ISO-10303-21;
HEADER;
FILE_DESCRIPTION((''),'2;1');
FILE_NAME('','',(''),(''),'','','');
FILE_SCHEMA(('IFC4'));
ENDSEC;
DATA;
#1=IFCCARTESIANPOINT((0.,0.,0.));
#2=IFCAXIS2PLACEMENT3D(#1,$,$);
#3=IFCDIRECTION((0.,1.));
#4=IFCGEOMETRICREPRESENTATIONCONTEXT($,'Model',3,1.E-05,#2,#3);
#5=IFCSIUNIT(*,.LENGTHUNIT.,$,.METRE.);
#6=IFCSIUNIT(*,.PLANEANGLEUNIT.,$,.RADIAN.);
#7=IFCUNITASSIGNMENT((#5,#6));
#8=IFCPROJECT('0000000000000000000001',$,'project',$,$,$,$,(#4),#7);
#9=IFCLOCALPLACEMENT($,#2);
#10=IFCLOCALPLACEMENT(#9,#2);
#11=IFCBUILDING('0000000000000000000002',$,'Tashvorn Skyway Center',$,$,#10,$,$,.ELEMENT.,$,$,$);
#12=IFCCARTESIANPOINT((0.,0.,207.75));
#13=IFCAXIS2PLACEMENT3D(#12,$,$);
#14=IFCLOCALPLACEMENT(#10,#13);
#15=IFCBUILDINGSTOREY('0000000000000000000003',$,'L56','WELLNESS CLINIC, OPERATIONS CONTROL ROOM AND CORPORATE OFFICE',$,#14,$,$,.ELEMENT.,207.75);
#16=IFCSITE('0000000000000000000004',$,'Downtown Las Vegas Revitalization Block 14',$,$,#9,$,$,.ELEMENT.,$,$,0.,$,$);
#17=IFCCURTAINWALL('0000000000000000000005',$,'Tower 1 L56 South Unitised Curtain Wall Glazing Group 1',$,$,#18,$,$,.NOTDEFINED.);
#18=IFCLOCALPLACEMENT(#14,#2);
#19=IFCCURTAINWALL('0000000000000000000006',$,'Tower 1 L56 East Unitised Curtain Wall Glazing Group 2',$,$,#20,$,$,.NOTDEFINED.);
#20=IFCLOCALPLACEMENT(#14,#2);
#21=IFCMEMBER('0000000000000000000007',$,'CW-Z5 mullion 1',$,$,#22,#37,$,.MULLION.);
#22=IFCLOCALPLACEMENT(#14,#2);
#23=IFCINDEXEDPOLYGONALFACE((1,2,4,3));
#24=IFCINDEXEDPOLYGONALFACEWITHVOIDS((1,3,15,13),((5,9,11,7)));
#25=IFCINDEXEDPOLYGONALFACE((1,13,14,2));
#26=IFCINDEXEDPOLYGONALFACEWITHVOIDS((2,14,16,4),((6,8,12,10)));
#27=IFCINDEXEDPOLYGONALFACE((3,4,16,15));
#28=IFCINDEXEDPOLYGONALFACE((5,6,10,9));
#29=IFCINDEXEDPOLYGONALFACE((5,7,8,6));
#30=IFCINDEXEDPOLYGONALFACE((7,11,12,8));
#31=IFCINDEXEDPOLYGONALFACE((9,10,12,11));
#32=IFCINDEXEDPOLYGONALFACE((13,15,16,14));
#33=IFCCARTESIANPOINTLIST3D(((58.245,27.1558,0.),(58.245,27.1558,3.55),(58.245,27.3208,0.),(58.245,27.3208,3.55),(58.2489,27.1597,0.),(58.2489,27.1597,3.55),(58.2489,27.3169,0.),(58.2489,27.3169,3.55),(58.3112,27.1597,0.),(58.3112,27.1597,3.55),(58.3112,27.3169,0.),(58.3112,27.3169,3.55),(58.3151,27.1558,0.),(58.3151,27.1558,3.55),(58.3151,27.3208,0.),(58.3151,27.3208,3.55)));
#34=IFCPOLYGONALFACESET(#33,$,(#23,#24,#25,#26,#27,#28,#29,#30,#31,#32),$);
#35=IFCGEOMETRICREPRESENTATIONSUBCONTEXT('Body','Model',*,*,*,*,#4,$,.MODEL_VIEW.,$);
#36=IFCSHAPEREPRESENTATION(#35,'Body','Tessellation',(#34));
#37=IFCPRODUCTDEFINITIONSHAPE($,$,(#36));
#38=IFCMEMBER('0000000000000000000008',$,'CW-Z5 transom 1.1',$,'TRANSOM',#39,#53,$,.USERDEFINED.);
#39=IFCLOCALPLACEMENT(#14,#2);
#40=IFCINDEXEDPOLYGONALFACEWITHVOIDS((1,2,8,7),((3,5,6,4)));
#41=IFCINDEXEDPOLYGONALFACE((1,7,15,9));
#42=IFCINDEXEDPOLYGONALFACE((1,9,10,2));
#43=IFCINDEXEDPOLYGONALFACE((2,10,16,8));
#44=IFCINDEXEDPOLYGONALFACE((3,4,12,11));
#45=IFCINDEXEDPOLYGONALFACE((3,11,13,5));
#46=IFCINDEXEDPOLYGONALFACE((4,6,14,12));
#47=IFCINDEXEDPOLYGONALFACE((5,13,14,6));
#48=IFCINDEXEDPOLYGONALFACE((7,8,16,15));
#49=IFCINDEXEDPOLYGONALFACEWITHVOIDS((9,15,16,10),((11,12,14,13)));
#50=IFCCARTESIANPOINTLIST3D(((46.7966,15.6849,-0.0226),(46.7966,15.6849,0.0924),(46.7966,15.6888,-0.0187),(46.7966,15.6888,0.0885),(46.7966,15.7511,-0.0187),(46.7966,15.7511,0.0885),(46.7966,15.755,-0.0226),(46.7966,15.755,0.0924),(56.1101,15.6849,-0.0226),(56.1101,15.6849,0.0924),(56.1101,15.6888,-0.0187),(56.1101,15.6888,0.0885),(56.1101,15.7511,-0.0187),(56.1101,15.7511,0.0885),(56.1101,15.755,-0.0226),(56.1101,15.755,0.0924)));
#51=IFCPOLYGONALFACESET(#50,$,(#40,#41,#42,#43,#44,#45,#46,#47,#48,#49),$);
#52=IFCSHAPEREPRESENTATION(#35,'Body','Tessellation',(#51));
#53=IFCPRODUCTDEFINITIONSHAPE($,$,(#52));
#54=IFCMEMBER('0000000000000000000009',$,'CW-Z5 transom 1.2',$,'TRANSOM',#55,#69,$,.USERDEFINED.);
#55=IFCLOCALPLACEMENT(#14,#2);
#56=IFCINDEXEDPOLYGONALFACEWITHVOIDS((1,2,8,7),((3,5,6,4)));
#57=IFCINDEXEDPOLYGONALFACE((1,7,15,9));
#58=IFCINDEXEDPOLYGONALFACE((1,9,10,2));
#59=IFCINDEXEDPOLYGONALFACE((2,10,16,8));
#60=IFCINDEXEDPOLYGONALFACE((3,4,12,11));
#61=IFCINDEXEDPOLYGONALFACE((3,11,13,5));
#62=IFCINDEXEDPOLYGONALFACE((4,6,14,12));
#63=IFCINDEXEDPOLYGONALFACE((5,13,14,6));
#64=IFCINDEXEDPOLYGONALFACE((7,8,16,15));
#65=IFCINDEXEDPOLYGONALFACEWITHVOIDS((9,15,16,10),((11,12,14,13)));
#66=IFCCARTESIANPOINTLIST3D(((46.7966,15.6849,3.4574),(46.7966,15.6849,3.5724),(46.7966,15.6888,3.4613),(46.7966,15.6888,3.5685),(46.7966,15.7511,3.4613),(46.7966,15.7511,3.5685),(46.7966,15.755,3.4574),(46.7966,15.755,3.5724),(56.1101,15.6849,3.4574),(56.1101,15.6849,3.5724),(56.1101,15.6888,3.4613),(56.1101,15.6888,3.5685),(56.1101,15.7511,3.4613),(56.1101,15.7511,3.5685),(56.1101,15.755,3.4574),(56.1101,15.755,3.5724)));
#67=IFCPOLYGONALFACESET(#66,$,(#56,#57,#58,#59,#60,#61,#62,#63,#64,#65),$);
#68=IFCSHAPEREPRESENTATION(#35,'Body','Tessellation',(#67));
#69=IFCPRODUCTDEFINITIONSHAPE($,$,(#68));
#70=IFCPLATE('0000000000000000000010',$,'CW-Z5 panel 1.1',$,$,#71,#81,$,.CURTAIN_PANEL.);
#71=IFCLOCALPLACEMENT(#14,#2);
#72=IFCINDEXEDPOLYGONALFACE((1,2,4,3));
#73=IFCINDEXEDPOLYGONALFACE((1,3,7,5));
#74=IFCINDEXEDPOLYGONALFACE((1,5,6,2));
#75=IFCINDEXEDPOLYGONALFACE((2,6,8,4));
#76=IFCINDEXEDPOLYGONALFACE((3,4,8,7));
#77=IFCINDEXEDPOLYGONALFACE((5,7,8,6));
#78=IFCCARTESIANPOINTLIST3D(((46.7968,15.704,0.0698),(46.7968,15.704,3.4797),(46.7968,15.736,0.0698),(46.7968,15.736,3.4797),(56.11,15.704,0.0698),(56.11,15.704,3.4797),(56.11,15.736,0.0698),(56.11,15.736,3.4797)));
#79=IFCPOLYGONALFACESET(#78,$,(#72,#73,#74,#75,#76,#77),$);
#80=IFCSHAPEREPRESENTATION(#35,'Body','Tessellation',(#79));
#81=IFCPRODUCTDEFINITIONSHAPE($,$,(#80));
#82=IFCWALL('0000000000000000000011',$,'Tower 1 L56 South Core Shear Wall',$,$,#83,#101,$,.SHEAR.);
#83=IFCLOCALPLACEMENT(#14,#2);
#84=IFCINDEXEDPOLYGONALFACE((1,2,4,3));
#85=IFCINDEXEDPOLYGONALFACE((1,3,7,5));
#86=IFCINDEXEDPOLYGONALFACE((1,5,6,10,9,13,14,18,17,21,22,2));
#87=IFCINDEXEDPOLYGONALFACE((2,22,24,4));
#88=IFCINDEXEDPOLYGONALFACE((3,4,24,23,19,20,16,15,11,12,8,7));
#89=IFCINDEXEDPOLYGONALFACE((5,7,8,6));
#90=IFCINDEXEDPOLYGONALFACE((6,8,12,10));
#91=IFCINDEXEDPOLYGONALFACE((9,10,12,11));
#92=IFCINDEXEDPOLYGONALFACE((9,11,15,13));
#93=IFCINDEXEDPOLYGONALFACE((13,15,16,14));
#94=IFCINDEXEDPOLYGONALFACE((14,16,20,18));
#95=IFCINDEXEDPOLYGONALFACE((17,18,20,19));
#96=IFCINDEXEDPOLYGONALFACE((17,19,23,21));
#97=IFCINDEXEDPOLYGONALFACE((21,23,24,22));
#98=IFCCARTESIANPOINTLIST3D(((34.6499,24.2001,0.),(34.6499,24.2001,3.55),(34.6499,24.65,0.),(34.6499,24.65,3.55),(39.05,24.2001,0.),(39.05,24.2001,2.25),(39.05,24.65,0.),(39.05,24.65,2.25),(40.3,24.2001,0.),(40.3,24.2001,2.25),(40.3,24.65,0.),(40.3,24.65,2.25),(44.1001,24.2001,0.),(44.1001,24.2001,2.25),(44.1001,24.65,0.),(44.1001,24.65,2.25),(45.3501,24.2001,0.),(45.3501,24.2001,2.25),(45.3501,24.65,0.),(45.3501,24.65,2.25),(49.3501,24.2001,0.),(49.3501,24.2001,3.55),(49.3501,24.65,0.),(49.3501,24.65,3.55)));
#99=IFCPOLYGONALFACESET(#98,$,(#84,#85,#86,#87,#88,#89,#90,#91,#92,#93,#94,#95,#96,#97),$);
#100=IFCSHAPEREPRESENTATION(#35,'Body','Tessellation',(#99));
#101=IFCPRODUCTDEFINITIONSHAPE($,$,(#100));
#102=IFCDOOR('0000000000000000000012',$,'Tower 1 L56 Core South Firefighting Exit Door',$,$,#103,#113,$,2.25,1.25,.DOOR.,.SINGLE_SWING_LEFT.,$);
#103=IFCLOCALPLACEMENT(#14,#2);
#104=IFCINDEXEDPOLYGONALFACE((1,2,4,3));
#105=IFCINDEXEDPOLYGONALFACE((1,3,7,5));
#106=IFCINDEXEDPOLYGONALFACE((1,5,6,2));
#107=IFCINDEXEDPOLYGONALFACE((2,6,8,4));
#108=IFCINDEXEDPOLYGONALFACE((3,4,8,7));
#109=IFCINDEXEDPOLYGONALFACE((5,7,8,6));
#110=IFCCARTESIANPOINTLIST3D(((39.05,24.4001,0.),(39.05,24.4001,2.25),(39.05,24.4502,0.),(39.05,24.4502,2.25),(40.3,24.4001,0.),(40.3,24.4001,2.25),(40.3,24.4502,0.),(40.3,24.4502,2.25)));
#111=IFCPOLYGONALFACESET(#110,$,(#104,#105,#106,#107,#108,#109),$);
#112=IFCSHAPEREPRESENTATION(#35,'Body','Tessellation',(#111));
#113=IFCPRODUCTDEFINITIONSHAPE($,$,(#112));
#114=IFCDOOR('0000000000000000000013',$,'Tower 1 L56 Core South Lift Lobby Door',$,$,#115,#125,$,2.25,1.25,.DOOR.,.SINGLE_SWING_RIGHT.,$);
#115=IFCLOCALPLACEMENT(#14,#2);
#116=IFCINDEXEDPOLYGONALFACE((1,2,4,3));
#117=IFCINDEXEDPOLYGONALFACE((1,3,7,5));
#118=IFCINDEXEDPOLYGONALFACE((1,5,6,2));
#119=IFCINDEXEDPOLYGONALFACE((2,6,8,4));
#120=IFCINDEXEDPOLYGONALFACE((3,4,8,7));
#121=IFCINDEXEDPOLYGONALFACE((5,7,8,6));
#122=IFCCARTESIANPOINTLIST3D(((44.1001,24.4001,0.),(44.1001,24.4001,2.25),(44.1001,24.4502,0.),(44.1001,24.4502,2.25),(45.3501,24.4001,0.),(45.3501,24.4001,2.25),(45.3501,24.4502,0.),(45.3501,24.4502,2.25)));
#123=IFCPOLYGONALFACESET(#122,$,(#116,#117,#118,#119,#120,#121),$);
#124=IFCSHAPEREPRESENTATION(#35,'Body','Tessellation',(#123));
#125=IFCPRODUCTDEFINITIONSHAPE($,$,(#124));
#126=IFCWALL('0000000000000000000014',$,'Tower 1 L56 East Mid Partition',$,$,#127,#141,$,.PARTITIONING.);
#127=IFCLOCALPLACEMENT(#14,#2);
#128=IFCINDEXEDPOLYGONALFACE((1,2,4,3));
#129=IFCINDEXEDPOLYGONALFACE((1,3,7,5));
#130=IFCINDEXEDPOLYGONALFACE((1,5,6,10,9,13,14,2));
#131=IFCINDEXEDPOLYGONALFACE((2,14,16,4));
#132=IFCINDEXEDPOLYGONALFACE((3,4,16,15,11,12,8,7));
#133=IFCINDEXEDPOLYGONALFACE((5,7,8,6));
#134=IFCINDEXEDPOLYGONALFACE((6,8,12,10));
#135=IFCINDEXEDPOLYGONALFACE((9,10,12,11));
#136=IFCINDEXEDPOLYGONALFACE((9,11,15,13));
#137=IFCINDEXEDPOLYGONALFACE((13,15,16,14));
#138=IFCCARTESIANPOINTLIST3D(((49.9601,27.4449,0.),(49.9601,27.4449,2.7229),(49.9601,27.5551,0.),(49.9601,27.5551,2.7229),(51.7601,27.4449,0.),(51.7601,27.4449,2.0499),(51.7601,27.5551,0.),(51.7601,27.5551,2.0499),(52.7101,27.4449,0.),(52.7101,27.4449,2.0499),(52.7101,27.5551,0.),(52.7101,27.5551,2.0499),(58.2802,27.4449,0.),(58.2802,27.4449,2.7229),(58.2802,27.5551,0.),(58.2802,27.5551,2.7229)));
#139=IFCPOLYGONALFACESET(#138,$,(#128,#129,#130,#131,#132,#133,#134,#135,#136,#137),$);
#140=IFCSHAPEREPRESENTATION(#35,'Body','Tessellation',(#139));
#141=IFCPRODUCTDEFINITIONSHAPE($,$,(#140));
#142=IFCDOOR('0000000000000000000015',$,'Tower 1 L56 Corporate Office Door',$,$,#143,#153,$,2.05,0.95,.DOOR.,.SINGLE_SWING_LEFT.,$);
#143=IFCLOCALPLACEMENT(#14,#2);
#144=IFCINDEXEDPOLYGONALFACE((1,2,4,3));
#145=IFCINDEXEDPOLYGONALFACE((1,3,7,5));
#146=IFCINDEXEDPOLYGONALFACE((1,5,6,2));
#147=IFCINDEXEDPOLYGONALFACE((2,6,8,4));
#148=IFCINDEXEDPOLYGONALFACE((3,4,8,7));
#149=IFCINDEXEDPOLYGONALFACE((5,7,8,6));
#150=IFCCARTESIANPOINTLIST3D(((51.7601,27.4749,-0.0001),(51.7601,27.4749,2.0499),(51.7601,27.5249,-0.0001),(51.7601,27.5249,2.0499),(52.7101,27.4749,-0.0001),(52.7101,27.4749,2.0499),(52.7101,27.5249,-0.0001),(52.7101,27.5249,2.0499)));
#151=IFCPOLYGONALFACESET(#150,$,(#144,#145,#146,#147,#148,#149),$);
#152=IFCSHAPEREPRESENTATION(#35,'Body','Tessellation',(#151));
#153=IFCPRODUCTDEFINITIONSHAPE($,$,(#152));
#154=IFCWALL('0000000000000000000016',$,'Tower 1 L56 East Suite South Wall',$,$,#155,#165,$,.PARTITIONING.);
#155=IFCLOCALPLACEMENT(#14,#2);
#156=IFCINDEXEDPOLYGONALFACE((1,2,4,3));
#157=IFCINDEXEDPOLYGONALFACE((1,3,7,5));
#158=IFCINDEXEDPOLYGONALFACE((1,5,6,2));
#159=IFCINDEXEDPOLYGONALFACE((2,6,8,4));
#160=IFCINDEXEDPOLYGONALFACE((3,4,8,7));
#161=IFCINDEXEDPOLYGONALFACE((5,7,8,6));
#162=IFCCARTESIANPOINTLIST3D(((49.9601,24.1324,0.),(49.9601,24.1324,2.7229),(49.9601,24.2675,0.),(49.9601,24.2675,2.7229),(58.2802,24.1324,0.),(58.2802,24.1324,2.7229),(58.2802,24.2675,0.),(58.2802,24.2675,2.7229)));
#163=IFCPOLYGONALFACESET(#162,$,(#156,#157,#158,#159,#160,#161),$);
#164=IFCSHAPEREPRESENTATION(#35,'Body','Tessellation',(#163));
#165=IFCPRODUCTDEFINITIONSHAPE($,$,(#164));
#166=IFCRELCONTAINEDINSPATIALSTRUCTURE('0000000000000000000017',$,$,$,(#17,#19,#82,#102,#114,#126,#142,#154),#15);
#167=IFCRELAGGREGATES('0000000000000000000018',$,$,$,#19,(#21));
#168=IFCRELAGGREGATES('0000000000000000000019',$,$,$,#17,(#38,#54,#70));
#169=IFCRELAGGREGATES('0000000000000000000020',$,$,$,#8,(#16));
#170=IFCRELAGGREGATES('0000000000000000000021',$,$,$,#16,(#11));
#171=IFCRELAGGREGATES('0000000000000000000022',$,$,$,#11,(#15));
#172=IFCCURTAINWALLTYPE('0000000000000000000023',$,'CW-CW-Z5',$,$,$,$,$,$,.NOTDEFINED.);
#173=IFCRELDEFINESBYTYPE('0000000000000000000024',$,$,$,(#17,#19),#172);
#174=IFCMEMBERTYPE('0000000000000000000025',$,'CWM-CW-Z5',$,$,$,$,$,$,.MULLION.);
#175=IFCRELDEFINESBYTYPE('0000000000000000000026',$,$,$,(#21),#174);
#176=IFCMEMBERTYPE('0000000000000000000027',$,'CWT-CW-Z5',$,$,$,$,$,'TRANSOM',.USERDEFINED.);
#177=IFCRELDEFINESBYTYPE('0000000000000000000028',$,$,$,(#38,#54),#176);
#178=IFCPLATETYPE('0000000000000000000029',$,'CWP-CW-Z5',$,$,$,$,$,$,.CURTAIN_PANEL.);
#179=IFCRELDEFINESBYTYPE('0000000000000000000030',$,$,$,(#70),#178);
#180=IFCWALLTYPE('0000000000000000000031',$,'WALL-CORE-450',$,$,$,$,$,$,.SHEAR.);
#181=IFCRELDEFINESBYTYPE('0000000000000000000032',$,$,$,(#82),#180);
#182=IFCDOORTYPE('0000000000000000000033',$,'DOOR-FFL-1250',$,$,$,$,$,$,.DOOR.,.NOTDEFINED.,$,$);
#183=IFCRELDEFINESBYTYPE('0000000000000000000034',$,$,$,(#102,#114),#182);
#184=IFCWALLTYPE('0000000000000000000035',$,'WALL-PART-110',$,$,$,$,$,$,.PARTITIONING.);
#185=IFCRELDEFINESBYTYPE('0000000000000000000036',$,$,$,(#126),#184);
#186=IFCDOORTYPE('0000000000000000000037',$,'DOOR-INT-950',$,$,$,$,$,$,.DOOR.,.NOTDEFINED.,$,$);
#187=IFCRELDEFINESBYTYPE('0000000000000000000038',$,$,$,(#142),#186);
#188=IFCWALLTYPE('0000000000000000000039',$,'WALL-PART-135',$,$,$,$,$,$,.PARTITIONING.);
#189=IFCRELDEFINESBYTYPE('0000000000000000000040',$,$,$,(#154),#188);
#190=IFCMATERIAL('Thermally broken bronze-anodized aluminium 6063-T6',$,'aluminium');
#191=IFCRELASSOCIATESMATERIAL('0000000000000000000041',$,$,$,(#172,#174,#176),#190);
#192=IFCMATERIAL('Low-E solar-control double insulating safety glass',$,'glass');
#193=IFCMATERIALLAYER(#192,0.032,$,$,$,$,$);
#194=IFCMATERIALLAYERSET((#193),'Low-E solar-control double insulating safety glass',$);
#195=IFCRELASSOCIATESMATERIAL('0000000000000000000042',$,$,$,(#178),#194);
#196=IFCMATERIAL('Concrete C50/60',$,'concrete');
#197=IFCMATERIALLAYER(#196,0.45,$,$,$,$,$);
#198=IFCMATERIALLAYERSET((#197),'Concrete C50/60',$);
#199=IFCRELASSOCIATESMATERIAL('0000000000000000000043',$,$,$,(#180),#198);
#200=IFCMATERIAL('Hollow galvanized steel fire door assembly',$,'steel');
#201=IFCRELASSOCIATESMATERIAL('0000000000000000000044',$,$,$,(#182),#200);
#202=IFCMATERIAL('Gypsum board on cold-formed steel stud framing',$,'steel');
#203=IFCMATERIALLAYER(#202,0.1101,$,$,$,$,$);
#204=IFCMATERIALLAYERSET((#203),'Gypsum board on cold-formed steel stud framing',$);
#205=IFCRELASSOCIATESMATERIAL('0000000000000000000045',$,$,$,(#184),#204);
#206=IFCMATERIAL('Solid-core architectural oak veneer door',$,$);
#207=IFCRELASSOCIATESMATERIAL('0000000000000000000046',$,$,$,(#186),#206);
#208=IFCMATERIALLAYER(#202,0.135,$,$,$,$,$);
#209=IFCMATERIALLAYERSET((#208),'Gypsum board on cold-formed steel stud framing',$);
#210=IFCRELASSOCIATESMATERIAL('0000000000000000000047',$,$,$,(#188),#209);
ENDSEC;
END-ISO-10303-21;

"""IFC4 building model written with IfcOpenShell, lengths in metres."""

from ifc_helpers import new_model, si_unit, direction, frame, frame_2d, origin, origin_2d, place, context, subcontext, project, spatial, rectangle, hollow_rectangle, extrude, material, layer, layer_set, material_profile, profile_set, type_object, element, fill, aggregate, save


model = new_model("IFC4")

# Units and contexts
model_context = context("Model", 3, precision=1e-05, world=origin(), true_north=direction((0.0, 1.0)))
body_context = subcontext(model_context, "Body", "Model", "MODEL_VIEW")
ifc_project = project(units=[si_unit("LENGTHUNIT", "METRE"), si_unit("PLANEANGLEUNIT", "RADIAN")], contexts=[model_context])

# Site, building, storey
site_placement = place(None, origin())
site = spatial("IfcSite", under=ifc_project, at=site_placement, Name="Downtown Las Vegas Revitalization Block 14", CompositionType="ELEMENT", RefElevation=0.0)
building_placement = place(site_placement, origin())
building = spatial("IfcBuilding", under=site, at=building_placement, Name="Tashvorn Skyway Center", CompositionType="ELEMENT")
storey_placement = place(building_placement, frame((0.0, 0.0, 207.75)))
storey = spatial("IfcBuildingStorey", under=building, at=storey_placement, Name="L56", Description="WELLNESS CLINIC, OPERATIONS CONTROL ROOM AND CORPORATE OFFICE", CompositionType="ELEMENT", Elevation=207.75)

# Curtain walls, member
ifc_material_1 = material(Name="Thermally broken bronze-anodized aluminium 6063-T6", Category="aluminium")
curtain_wall_type = type_object("IfcCurtainWallType", Name="CW-CW-Z5", PredefinedType="NOTDEFINED", material=ifc_material_1)
curtain_wall_1_placement = place(storey_placement, origin())
curtain_wall_1 = element("IfcCurtainWall", 1, at=curtain_wall_1_placement, inside=storey, type_object=curtain_wall_type, Name="Tower 1 L56 South Unitised Curtain Wall Glazing Group 1", PredefinedType="NOTDEFINED")
ifc_material_profile_1 = material_profile(ifc_material_1, hollow_rectangle(XDim=0.0701, YDim=0.165, WallThickness=0.0039, at=origin_2d()), Name="ALU-MULL-70x165")
ifc_profile_set_1 = profile_set([ifc_material_profile_1], Name="Thermally broken bronze-anodized aluminium 6063-T6")
member_type_1 = type_object("IfcMemberType", Name="CWM-CW-Z5", PredefinedType="MULLION", material=ifc_profile_set_1)
curtain_wall_2_placement = place(storey_placement, origin())
curtain_wall_2 = element("IfcCurtainWall", 2, at=curtain_wall_2_placement, inside=storey, type_object=curtain_wall_type, Name="Tower 1 L56 East Unitised Curtain Wall Glazing Group 2", PredefinedType="NOTDEFINED")
member_1_placement = place(storey_placement, frame((58.28, 27.2383, 0.0), z_axis=(0.0, 0.0, 1.0), x_axis=(1.0, 0.0, 0.0)))
member_1 = element("IfcMember", 3, at=member_1_placement, type_object=member_type_1, Name="CW-Z5 mullion 1", PredefinedType="MULLION", context=body_context, shape_type="SweptSolid", body=[
    extrude(hollow_rectangle(XDim=0.0701, YDim=0.165, WallThickness=0.0039, at=origin_2d()), origin(), (0.0, 0.0, 1.0), 3.55),
])
aggregate(curtain_wall_2, [member_1])

# Members
ifc_material_profile_2 = material_profile(ifc_material_1, hollow_rectangle(XDim=0.0701, YDim=0.115, WallThickness=0.0039, at=origin_2d()), Name="ALU-TRAN-70x115")
ifc_profile_set_2 = profile_set([ifc_material_profile_2], Name="Thermally broken bronze-anodized aluminium 6063-T6")
member_type_2 = type_object("IfcMemberType", Name="CWT-CW-Z5", ElementType="TRANSOM", PredefinedType="USERDEFINED", material=ifc_profile_set_2)
member_2_placement = place(storey_placement, frame((56.1101, 15.72, 0.0349), z_axis=(-1.0, 0.0, 0.0), x_axis=(0.0, -1.0, 0.0)))
member_2 = element("IfcMember", 4, at=member_2_placement, type_object=member_type_2, Name="CW-Z5 transom 1.1", ObjectType="TRANSOM", PredefinedType="USERDEFINED", context=body_context, shape_type="SweptSolid", body=[
    extrude(hollow_rectangle(XDim=0.0701, YDim=0.115, WallThickness=0.0039, at=origin_2d()), origin(), (0.0, 0.0, 1.0), 9.3135),
])
member_3_placement = place(storey_placement, frame((56.1101, 15.72, 3.5149), z_axis=(-1.0, 0.0, 0.0), x_axis=(0.0, -1.0, 0.0)))
member_3 = element("IfcMember", 5, at=member_3_placement, type_object=member_type_2, Name="CW-Z5 transom 1.2", ObjectType="TRANSOM", PredefinedType="USERDEFINED", context=body_context, shape_type="SweptSolid", body=[
    extrude(hollow_rectangle(XDim=0.0701, YDim=0.115, WallThickness=0.0039, at=origin_2d()), origin(), (0.0, 0.0, 1.0), 9.3135),
])

# Plate
ifc_material_2 = material(Name="Low-E solar-control double insulating safety glass", Category="glass")
ifc_layer_1 = layer(ifc_material_2, 0.032)
ifc_layer_set_1 = layer_set([ifc_layer_1], Name="Low-E solar-control double insulating safety glass")
plate_type = type_object("IfcPlateType", Name="CWP-CW-Z5", PredefinedType="CURTAIN_PANEL", material=ifc_layer_set_1)
plate_placement = place(storey_placement, frame((51.4534, 15.72, 0.0698), z_axis=(0.0, 0.0, 1.0), x_axis=(-1.0, 0.0, 0.0)))
plate = element("IfcPlate", 6, at=plate_placement, type_object=plate_type, Name="CW-Z5 panel 1.1", PredefinedType="CURTAIN_PANEL", context=body_context, shape_type="SweptSolid", body=[
    extrude(rectangle(XDim=9.3132, YDim=0.032, at=origin_2d()), origin(), (0.0, 0.0, 1.0), 3.4099),
])
aggregate(curtain_wall_1, [member_2, member_3, plate])

# Wall, openings, doors
ifc_material_3 = material(Name="Concrete C50/60", Category="concrete")
ifc_layer_2 = layer(ifc_material_3, 0.45)
ifc_layer_set_2 = layer_set([ifc_layer_2], Name="Concrete C50/60")
wall_type_1 = type_object("IfcWallType", Name="WALL-CORE-450", PredefinedType="SHEAR", material=ifc_layer_set_2)
wall_1_placement = place(storey_placement, frame((49.3501, 24.425, 0.0), z_axis=(0.0, 0.0, 1.0), x_axis=(-1.0, 0.0, 0.0)))
wall_1 = element("IfcWall", 7, at=wall_1_placement, inside=storey, type_object=wall_type_1, Name="Tower 1 L56 South Core Shear Wall", PredefinedType="SHEAR", context=body_context, shape_type="SweptSolid", body=[
    extrude(rectangle(XDim=14.7002, YDim=0.45, at=frame_2d((7.3501, 0.0))), origin(), (0.0, 0.0, 1.0), 3.55),
])
opening_1_placement = place(wall_1_placement, frame((9.05, 0.0, 0.0)))
opening_1 = element("IfcOpeningElement", 8, at=opening_1_placement, cuts=wall_1, PredefinedType="OPENING", context=body_context, shape_type="SweptSolid", body=[
    extrude(rectangle(XDim=1.25, YDim=2.25, at=frame_2d((0.625, 1.125))), frame((0.0, 0.2349, 0.0), z_axis=(0.0, -1.0, 0.0), x_axis=(1.0, 0.0, 0.0)), (0.0, 0.0, 1.0), 0.47),
])
opening_2_placement = place(wall_1_placement, frame((4.0, 0.0, 0.0)))
opening_2 = element("IfcOpeningElement", 9, at=opening_2_placement, cuts=wall_1, PredefinedType="OPENING", context=body_context, shape_type="SweptSolid", body=[
    extrude(rectangle(XDim=1.25, YDim=2.25, at=frame_2d((0.625, 1.125))), frame((0.0, 0.2349, 0.0), z_axis=(0.0, -1.0, 0.0), x_axis=(1.0, 0.0, 0.0)), (0.0, 0.0, 1.0), 0.47),
])
ifc_material_4 = material(Name="Hollow galvanized steel fire door assembly", Category="steel")
door_type_1 = type_object("IfcDoorType", Name="DOOR-FFL-1250", OperationType="NOTDEFINED", PredefinedType="DOOR", material=ifc_material_4)
door_1_placement = place(opening_1_placement, origin())
door_1 = element("IfcDoor", 10, at=door_1_placement, inside=storey, type_object=door_type_1, Name="Tower 1 L56 Core South Firefighting Exit Door", OperationType="SINGLE_SWING_LEFT", OverallHeight=2.25, OverallWidth=1.25, PredefinedType="DOOR", context=body_context, shape_type="SweptSolid", body=[
    extrude(rectangle(XDim=1.25, YDim=2.25, at=frame_2d((0.625, 1.125))), frame((0.0, 0.0249, 0.0), z_axis=(0.0, -1.0, 0.0), x_axis=(1.0, 0.0, 0.0)), (0.0, 0.0, 1.0), 0.05),
])
fill(opening_1, door_1)
door_2_placement = place(opening_2_placement, origin())
door_2 = element("IfcDoor", 11, at=door_2_placement, inside=storey, type_object=door_type_1, Name="Tower 1 L56 Core South Lift Lobby Door", OperationType="SINGLE_SWING_RIGHT", OverallHeight=2.25, OverallWidth=1.25, PredefinedType="DOOR", context=body_context, shape_type="SweptSolid", body=[
    extrude(rectangle(XDim=1.25, YDim=2.25, at=frame_2d((0.625, 1.125))), frame((0.0, 0.0249, 0.0), z_axis=(0.0, -1.0, 0.0), x_axis=(1.0, 0.0, 0.0)), (0.0, 0.0, 1.0), 0.05),
])
fill(opening_2, door_2)

# Wall, opening, door
ifc_material_5 = material(Name="Gypsum board on cold-formed steel stud framing", Category="steel")
ifc_layer_3 = layer(ifc_material_5, 0.1101)
ifc_layer_set_3 = layer_set([ifc_layer_3], Name="Gypsum board on cold-formed steel stud framing")
wall_type_2 = type_object("IfcWallType", Name="WALL-PART-110", PredefinedType="PARTITIONING", material=ifc_layer_set_3)
wall_2_placement = place(storey_placement, frame((49.96, 27.5, 0.0), z_axis=(0.0, 0.0, 1.0), x_axis=(1.0, 0.0, 0.0)))
wall_2 = element("IfcWall", 12, at=wall_2_placement, inside=storey, type_object=wall_type_2, Name="Tower 1 L56 East Mid Partition", PredefinedType="PARTITIONING", context=body_context, shape_type="SweptSolid", body=[
    extrude(rectangle(XDim=8.3201, YDim=0.1101, at=frame_2d((4.1602, 0.0))), origin(), (0.0, 0.0, 1.0), 2.7229),
])
opening_3_placement = place(wall_2_placement, frame((1.8, 0.0, 0.0)))
opening_3 = element("IfcOpeningElement", 13, at=opening_3_placement, cuts=wall_2, PredefinedType="OPENING", context=body_context, shape_type="SweptSolid", body=[
    extrude(rectangle(XDim=0.95, YDim=2.05, at=frame_2d((0.4751, 1.0249))), frame((0.0, 0.0649, 0.0), z_axis=(0.0, -1.0, 0.0), x_axis=(1.0, 0.0, 0.0)), (0.0, 0.0, 1.0), 0.1301),
])
ifc_material_6 = material(Name="Solid-core architectural oak veneer door")
door_type_2 = type_object("IfcDoorType", Name="DOOR-INT-950", OperationType="NOTDEFINED", PredefinedType="DOOR", material=ifc_material_6)
door_3_placement = place(opening_3_placement, origin())
door_3 = element("IfcDoor", 14, at=door_3_placement, inside=storey, type_object=door_type_2, Name="Tower 1 L56 Corporate Office Door", OperationType="SINGLE_SWING_LEFT", OverallHeight=2.05, OverallWidth=0.95, PredefinedType="DOOR", context=body_context, shape_type="SweptSolid", body=[
    extrude(rectangle(XDim=0.95, YDim=2.05, at=frame_2d((0.4751, 1.0249))), frame((0.0, 0.0249, 0.0), z_axis=(0.0, -1.0, 0.0), x_axis=(1.0, 0.0, 0.0)), (0.0, 0.0, 1.0), 0.05),
])
fill(opening_3, door_3)

# Wall
ifc_layer_4 = layer(ifc_material_5, 0.135)
ifc_layer_set_4 = layer_set([ifc_layer_4], Name="Gypsum board on cold-formed steel stud framing")
wall_type_3 = type_object("IfcWallType", Name="WALL-PART-135", PredefinedType="PARTITIONING", material=ifc_layer_set_4)
wall_3_placement = place(storey_placement, frame((49.96, 24.2, 0.0), z_axis=(0.0, 0.0, 1.0), x_axis=(1.0, 0.0, 0.0)))
element("IfcWall", 15, at=wall_3_placement, inside=storey, type_object=wall_type_3, Name="Tower 1 L56 East Suite South Wall", PredefinedType="PARTITIONING", context=body_context, shape_type="SweptSolid", body=[
    extrude(rectangle(XDim=8.3201, YDim=0.135, at=frame_2d((4.1602, 0.0))), origin(), (0.0, 0.0, 1.0), 2.7229),
])

save(model, "model.ifc")
